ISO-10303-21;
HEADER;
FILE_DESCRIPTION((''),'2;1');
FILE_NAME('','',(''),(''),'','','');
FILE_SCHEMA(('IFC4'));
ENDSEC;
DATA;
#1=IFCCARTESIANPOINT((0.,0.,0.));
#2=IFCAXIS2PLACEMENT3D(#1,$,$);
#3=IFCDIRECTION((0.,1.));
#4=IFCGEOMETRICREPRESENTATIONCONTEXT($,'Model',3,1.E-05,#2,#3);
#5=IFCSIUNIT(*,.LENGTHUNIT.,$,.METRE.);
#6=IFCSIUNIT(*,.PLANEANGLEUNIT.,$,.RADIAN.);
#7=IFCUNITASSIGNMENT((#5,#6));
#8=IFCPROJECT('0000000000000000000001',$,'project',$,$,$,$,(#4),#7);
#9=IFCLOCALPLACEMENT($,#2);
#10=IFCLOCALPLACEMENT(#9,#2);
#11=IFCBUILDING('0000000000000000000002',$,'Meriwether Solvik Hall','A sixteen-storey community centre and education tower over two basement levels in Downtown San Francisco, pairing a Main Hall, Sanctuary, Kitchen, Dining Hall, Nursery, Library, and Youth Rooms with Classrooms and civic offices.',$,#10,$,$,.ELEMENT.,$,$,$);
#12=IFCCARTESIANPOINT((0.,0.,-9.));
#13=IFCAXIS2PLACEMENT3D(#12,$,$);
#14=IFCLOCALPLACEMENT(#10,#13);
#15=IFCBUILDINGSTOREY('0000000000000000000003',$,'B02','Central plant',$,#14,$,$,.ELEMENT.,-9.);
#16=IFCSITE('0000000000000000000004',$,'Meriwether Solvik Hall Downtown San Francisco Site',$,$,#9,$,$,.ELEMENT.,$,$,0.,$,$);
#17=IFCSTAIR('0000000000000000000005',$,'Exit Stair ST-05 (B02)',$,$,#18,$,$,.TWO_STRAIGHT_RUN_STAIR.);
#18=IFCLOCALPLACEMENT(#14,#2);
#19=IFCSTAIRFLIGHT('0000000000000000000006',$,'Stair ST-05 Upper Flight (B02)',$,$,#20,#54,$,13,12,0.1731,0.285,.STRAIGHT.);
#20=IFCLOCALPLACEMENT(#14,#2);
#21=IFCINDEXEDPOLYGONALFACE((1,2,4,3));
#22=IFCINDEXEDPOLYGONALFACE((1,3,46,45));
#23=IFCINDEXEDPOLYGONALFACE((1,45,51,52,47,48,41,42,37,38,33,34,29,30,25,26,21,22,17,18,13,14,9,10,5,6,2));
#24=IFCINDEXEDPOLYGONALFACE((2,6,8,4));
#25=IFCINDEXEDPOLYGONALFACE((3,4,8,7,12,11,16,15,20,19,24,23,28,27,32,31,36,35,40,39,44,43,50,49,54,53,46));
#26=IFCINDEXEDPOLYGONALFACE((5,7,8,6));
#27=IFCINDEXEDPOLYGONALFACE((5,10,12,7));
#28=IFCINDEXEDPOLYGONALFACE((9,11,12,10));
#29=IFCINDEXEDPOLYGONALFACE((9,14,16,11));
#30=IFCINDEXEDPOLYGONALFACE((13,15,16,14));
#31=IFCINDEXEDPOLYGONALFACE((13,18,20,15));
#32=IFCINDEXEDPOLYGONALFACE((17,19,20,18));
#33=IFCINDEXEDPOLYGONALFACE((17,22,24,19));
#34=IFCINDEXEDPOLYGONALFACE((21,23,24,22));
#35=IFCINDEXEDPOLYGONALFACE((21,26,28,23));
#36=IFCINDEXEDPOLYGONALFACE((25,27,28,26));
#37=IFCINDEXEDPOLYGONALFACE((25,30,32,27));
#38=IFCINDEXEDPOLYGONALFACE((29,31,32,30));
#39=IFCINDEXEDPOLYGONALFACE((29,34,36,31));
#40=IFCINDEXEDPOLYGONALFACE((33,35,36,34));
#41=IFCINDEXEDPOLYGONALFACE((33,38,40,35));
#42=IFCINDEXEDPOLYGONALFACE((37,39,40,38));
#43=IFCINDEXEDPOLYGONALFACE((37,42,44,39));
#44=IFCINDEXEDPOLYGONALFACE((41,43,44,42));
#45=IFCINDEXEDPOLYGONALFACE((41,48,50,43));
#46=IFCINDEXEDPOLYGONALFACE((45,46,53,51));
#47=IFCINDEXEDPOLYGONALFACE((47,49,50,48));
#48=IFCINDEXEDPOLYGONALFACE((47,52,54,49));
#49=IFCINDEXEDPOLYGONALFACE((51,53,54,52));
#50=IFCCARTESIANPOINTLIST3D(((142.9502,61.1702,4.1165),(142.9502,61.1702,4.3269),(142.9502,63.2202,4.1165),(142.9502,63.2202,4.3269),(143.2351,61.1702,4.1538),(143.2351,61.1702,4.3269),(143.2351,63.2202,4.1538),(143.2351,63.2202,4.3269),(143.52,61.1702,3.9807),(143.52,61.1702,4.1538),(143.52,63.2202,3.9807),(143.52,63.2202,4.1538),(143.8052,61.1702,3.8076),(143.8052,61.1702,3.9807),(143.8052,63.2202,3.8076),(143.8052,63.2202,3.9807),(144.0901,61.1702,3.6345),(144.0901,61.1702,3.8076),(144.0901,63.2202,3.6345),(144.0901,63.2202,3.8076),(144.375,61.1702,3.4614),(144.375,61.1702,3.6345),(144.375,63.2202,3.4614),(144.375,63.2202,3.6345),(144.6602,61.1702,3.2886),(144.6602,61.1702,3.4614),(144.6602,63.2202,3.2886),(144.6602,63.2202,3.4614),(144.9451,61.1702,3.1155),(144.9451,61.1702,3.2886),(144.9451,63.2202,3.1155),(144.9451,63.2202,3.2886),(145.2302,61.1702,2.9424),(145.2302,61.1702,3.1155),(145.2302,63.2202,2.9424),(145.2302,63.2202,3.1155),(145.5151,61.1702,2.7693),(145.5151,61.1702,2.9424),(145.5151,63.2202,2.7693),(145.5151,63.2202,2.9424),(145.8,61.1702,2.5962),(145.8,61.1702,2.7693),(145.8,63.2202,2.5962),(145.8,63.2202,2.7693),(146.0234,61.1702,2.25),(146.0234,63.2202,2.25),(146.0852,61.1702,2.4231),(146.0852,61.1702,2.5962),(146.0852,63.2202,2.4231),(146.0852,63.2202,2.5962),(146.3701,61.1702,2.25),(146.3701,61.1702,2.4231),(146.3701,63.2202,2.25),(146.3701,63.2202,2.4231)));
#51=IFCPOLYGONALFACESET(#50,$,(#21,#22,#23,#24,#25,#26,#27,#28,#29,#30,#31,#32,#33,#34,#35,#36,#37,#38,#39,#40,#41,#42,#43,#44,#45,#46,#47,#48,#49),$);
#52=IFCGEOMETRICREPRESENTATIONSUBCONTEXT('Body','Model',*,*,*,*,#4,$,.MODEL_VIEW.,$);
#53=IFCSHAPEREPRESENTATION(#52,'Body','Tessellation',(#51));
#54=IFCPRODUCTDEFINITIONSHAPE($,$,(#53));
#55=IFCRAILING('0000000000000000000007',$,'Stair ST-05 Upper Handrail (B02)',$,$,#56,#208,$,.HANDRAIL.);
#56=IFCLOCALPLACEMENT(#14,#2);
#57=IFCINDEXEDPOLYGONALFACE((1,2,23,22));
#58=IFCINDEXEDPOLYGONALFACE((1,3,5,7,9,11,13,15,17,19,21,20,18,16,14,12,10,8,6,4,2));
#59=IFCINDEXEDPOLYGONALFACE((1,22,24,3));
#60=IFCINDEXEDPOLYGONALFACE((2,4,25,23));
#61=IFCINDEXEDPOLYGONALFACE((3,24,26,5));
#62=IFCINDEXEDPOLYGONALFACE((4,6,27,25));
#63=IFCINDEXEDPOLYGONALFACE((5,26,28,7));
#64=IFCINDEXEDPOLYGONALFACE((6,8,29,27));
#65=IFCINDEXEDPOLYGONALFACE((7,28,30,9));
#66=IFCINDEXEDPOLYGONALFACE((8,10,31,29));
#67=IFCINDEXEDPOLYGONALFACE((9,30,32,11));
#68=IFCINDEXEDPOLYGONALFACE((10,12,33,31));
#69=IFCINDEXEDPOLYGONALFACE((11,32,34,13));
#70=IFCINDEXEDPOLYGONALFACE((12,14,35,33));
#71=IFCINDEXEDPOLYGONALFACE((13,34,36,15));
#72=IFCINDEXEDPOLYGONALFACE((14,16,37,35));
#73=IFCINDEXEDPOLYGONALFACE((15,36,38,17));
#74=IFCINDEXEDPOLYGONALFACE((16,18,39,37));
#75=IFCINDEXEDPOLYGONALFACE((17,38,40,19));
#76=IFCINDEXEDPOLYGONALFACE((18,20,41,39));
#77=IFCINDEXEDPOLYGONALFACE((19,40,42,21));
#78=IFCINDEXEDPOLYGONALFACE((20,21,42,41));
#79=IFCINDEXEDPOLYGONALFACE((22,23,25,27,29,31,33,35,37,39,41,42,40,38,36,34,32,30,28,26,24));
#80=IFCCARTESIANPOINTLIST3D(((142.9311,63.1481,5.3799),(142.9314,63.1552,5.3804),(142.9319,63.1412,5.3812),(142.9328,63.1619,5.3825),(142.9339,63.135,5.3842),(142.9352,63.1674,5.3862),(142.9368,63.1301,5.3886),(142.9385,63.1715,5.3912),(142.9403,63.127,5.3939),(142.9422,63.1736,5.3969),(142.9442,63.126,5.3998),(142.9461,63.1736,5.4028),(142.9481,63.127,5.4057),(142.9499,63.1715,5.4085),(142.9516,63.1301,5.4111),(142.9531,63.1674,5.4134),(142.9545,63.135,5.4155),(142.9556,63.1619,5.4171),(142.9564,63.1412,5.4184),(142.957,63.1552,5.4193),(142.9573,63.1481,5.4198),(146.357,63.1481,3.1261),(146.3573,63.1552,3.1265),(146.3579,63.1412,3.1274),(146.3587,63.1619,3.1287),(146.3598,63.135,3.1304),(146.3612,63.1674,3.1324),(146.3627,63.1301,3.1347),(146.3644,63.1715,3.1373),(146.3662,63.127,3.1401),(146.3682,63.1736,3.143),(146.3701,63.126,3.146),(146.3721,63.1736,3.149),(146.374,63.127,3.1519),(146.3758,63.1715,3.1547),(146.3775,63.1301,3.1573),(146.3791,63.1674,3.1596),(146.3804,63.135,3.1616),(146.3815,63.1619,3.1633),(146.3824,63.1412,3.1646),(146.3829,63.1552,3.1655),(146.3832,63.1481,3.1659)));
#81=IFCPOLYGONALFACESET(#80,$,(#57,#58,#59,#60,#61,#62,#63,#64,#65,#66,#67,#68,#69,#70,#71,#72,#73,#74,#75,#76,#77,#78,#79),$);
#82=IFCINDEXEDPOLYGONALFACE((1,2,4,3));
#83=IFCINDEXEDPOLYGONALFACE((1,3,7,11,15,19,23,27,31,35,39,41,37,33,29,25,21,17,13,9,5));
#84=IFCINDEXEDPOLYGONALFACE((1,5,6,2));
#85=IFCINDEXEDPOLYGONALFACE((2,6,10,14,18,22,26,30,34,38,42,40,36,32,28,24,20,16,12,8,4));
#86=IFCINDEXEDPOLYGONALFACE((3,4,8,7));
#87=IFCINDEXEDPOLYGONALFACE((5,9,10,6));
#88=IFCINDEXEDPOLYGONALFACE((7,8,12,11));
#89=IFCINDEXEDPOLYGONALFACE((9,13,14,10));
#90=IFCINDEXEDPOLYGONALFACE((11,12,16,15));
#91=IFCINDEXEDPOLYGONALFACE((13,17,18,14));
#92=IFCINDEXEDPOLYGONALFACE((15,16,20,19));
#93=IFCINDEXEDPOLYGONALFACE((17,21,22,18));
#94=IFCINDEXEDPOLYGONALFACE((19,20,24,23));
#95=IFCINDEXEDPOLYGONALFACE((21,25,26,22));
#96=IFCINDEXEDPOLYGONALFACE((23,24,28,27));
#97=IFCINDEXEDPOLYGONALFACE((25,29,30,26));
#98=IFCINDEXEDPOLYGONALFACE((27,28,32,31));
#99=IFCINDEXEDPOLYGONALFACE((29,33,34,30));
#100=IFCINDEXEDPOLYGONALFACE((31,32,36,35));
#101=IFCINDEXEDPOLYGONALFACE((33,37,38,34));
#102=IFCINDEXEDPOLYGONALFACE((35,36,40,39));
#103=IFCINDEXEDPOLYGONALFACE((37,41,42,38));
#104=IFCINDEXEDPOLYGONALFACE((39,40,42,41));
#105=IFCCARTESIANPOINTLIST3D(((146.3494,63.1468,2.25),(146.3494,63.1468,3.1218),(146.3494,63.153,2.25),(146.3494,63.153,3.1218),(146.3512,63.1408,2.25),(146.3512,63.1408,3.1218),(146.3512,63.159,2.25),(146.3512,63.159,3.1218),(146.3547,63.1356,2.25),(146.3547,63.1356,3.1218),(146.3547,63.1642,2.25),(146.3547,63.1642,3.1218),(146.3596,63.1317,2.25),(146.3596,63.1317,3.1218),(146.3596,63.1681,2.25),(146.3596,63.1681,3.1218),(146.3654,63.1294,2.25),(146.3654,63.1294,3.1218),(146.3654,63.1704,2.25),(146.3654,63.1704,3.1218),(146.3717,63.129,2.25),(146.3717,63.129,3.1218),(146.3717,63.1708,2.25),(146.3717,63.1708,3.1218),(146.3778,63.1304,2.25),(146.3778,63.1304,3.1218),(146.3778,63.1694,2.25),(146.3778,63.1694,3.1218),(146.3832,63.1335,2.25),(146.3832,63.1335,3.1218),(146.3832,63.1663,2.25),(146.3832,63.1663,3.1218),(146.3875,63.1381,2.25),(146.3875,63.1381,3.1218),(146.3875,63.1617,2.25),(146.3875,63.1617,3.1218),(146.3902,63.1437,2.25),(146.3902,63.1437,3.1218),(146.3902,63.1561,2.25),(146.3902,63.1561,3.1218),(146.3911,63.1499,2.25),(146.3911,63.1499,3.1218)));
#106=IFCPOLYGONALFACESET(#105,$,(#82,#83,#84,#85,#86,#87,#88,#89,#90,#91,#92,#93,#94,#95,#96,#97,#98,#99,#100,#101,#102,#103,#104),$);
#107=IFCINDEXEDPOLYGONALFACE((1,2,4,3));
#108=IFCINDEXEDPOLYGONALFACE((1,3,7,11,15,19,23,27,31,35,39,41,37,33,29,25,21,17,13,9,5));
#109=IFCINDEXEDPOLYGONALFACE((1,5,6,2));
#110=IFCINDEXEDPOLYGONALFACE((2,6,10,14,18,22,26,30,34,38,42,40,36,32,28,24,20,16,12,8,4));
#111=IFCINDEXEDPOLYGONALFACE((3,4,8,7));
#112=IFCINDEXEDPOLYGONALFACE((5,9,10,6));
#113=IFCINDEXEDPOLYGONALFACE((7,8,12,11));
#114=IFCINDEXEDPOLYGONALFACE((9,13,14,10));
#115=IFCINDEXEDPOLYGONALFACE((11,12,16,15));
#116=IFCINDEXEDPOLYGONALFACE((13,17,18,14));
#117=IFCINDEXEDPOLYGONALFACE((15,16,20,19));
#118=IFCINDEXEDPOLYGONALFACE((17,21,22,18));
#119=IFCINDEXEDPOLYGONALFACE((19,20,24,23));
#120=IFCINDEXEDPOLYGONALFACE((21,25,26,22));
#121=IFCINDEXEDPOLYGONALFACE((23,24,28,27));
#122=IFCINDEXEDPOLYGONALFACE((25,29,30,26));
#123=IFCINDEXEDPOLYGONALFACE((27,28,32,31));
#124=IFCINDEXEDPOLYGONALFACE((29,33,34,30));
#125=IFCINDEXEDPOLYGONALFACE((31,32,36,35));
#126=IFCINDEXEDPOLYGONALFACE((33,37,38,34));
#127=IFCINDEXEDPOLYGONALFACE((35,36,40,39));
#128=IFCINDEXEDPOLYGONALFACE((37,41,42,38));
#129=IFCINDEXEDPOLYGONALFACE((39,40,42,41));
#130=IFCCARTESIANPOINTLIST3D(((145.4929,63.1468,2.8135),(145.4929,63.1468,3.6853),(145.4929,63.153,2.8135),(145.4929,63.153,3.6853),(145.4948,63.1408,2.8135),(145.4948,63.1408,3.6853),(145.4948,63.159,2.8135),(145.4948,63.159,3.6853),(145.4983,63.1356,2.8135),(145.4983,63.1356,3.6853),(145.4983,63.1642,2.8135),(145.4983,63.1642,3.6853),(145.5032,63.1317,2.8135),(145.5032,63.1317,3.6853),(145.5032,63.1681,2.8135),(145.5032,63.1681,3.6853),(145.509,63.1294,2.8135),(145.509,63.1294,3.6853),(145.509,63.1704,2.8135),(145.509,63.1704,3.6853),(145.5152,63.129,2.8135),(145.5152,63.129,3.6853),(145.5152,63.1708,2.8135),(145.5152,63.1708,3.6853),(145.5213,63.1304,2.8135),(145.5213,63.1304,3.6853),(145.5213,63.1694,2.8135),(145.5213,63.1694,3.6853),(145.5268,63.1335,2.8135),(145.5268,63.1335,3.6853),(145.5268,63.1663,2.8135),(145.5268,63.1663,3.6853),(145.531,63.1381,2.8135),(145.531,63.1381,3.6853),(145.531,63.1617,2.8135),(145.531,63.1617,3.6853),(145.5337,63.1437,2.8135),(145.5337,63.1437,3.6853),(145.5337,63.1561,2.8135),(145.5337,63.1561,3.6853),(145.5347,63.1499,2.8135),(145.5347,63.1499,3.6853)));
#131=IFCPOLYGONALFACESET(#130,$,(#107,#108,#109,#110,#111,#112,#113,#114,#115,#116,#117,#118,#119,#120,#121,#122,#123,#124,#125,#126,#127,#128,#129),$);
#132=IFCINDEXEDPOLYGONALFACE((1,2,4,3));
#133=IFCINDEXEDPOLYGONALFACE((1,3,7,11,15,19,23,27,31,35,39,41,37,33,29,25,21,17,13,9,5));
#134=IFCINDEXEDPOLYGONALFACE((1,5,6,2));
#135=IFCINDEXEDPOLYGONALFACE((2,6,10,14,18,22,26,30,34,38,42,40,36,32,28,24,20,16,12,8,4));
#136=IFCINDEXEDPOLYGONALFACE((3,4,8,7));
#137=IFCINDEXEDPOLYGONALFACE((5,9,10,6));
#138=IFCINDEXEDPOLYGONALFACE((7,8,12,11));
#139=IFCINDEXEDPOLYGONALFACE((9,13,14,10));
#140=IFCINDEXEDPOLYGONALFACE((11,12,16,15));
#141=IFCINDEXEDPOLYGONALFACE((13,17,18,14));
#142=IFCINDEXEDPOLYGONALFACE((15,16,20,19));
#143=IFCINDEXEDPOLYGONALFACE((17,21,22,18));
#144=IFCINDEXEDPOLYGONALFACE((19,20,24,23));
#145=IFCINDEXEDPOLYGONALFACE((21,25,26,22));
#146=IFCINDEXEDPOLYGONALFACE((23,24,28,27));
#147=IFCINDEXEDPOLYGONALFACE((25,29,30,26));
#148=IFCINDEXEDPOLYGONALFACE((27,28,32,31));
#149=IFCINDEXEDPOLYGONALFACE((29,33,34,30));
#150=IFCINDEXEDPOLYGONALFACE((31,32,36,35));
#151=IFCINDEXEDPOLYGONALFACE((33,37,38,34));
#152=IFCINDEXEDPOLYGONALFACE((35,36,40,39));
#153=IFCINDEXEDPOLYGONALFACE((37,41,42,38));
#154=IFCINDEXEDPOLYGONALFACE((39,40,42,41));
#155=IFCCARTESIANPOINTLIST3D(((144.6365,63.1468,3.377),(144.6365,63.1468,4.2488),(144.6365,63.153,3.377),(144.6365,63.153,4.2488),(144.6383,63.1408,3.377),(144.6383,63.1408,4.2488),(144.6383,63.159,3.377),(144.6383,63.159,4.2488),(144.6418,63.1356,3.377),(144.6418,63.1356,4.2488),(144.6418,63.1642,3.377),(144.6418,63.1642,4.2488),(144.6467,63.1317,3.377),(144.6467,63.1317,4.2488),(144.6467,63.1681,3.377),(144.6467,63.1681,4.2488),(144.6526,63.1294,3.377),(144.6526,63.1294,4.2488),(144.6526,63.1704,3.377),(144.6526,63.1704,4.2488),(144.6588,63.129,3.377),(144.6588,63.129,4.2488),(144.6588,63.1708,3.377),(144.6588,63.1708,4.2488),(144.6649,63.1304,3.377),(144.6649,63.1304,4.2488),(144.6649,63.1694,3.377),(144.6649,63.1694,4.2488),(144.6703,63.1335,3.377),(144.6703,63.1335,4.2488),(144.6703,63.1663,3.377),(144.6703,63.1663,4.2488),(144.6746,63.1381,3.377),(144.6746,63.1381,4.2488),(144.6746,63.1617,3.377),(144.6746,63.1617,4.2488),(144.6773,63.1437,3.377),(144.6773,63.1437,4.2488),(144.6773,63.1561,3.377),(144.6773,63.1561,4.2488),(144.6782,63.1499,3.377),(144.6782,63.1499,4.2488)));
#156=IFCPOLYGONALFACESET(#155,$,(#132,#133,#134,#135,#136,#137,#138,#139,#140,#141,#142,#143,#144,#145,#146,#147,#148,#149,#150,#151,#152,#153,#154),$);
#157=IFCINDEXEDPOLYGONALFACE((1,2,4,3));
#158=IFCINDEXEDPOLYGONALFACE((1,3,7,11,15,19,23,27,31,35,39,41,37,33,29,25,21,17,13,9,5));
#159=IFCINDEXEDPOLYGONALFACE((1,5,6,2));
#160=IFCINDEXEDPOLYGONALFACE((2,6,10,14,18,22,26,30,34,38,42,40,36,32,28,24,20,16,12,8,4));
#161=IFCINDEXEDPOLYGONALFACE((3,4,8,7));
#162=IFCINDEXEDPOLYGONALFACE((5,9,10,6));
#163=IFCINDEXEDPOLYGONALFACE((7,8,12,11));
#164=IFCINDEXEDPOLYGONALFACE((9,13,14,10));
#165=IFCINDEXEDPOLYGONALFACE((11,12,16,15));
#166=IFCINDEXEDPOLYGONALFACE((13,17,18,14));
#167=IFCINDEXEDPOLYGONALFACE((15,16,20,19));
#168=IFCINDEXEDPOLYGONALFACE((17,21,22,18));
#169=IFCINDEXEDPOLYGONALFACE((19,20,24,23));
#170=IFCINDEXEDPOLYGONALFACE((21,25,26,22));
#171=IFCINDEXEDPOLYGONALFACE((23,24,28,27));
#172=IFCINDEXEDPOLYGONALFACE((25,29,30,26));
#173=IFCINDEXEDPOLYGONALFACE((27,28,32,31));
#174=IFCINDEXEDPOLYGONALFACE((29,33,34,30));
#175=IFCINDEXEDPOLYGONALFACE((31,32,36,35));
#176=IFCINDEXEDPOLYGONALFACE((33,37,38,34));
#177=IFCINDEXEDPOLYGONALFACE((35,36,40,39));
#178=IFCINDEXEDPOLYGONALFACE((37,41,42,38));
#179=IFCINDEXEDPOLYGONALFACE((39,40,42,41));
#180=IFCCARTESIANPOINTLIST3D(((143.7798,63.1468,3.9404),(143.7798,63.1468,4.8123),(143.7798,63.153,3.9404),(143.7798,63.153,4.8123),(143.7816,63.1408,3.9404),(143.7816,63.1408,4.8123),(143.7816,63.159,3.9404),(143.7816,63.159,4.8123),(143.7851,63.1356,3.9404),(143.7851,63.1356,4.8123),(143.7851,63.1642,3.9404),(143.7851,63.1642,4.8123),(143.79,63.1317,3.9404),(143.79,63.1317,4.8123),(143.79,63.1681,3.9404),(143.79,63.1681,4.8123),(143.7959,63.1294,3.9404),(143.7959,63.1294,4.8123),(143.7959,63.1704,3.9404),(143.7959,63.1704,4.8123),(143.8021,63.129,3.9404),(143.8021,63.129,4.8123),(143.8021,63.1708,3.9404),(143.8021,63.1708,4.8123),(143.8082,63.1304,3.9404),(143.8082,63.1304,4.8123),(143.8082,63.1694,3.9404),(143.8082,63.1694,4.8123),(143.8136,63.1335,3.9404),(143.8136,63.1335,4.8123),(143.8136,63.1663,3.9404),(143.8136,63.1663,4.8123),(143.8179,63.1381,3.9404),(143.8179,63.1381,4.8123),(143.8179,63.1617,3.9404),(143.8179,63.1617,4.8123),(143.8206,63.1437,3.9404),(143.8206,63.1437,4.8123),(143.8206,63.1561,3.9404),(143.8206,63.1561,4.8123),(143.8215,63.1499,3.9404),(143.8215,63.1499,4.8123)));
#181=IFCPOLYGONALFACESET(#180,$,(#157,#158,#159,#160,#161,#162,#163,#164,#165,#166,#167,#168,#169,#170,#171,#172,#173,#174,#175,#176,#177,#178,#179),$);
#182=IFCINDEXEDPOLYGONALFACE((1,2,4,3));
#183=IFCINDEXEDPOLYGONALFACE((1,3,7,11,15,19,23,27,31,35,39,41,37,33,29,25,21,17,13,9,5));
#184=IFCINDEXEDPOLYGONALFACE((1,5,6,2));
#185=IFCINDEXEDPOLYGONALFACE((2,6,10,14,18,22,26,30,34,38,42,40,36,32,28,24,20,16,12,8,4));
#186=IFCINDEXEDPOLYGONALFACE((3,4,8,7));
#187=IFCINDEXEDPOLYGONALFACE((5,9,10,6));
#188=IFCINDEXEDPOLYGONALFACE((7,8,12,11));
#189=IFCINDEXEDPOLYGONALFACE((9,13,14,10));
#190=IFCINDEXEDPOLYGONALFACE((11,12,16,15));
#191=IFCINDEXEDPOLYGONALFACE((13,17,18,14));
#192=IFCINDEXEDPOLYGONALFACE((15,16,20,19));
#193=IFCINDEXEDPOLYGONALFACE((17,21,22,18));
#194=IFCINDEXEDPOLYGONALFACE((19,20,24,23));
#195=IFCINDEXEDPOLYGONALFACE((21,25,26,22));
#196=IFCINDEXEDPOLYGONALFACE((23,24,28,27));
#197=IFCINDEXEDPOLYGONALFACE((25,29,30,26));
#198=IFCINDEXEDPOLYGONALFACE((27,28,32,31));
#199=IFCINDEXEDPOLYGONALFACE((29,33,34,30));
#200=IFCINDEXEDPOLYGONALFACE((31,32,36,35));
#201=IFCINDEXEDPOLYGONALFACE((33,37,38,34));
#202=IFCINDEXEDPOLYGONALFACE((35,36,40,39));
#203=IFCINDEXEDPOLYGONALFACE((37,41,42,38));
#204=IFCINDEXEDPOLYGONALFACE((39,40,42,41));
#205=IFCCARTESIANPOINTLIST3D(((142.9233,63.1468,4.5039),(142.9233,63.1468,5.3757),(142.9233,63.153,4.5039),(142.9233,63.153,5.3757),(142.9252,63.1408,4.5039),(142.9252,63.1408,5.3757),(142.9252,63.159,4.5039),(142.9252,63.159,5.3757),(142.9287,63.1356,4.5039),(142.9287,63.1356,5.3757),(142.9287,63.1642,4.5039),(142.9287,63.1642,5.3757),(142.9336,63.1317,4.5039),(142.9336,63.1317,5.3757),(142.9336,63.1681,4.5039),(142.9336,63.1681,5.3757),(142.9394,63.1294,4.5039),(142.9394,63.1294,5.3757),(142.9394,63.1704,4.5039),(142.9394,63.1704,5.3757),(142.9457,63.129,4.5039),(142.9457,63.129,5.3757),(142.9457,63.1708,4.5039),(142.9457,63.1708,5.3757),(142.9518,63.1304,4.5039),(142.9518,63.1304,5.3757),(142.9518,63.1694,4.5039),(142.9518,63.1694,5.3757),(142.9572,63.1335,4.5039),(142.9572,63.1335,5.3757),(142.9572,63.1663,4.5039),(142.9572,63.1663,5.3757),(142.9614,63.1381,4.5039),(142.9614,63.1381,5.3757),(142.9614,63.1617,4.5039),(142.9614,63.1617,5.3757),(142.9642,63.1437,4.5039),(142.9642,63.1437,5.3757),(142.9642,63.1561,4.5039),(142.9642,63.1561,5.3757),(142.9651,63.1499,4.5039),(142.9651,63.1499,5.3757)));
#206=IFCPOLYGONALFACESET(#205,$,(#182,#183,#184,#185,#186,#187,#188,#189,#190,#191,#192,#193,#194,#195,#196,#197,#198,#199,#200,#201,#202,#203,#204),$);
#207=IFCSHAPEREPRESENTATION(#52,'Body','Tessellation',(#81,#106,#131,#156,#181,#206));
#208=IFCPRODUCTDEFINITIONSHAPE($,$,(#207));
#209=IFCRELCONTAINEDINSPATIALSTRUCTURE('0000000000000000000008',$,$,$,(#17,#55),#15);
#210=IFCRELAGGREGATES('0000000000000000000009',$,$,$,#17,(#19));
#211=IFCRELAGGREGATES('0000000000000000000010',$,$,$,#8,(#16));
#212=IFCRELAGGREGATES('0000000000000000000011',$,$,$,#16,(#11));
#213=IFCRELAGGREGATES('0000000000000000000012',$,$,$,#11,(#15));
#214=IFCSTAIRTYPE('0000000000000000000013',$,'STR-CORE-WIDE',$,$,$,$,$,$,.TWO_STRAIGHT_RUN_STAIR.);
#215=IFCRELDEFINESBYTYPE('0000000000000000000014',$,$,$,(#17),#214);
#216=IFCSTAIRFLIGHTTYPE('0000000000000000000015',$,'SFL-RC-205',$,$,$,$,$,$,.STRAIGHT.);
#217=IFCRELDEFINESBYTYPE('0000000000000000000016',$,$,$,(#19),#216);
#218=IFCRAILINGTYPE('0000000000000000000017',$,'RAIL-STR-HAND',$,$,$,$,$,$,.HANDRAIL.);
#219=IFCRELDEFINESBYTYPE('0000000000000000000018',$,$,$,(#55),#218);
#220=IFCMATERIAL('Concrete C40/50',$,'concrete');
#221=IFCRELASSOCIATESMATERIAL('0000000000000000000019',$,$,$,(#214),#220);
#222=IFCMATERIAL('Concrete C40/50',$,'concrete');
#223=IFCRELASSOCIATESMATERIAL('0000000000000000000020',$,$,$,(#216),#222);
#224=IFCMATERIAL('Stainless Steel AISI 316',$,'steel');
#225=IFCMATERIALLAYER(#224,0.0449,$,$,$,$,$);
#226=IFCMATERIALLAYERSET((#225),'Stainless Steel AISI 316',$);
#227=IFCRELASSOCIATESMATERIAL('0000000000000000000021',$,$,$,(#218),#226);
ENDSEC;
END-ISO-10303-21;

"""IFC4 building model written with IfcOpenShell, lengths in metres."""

from ifc_helpers import new_model, si_unit, direction, frame, origin, origin_2d, place, context, subcontext, project, spatial, polyline, circle, outline, extrude, material, layer, layer_set, type_object, element, aggregate, save


model = new_model("IFC4")

# Units and contexts
model_context = context("Model", 3, precision=1e-05, world=origin(), true_north=direction((0.0, 1.0)))
body_context = subcontext(model_context, "Body", "Model", "MODEL_VIEW")
ifc_project = project(units=[si_unit("LENGTHUNIT", "METRE"), si_unit("PLANEANGLEUNIT", "RADIAN")], contexts=[model_context])

# Site, building, storey
site_placement = place(None, origin())
site = spatial("IfcSite", under=ifc_project, at=site_placement, Name="Meriwether Solvik Hall Downtown San Francisco Site", CompositionType="ELEMENT", RefElevation=0.0)
building_placement = place(site_placement, origin())
building = spatial("IfcBuilding", under=site, at=building_placement, Name="Meriwether Solvik Hall", Description="A sixteen-storey community centre and education tower over two basement levels in Downtown San Francisco, pairing a Main Hall, Sanctuary, Kitchen, Dining Hall, Nursery, Library, and Youth Rooms with Classrooms and civic offices.", CompositionType="ELEMENT")
storey_placement = place(building_placement, frame((0.0, 0.0, -9.0)))
storey = spatial("IfcBuildingStorey", under=building, at=storey_placement, Name="B02", Description="Central plant", CompositionType="ELEMENT", Elevation=-9.0)

# Stair, stair flight
ifc_material_1 = material(Name="Concrete C40/50", Category="concrete")
stair_type = type_object("IfcStairType", Name="STR-CORE-WIDE", PredefinedType="TWO_STRAIGHT_RUN_STAIR", material=ifc_material_1)
stair_placement = place(storey_placement, origin())
stair = element("IfcStair", 1, at=stair_placement, inside=storey, type_object=stair_type, Name="Exit Stair ST-05 (B02)", PredefinedType="TWO_STRAIGHT_RUN_STAIR")
ifc_material_2 = material(Name="Concrete C40/50", Category="concrete")
stair_flight_type = type_object("IfcStairFlightType", Name="SFL-RC-205", PredefinedType="STRAIGHT", material=ifc_material_2)
stair_flight_placement = place(storey_placement, frame((146.3701, 62.1951, 2.25), z_axis=(0.0, 0.0, 1.0), x_axis=(-1.0, 0.0, 0.0)))
stair_flight = element("IfcStairFlight", 2, at=stair_flight_placement, type_object=stair_flight_type, Name="Stair ST-05 Upper Flight (B02)", NumberOfRisers=13, NumberOfTreads=12, PredefinedType="STRAIGHT", RiserHeight=0.1731, TreadLength=0.285, context=body_context, shape_type="SweptSolid", body=[
    extrude(outline(polyline([(0.0, 0.0), (0.0, 0.1731), (0.2849, 0.1731), (0.2849, 0.3462), (0.5701, 0.3462), (0.5701, 0.5193), (0.855, 0.5193), (0.855, 0.6924), (1.1399, 0.6924), (1.1399, 0.8655), (1.425, 0.8655), (1.425, 1.0386), (1.71, 1.0386), (1.71, 1.2114), (1.9951, 1.2114), (1.9951, 1.3845), (2.28, 1.3845), (2.28, 1.5576), (2.5649, 1.5576), (2.5649, 1.7307), (2.8501, 1.7307), (2.8501, 1.9038), (3.135, 1.9038), (3.135, 2.0769), (3.4199, 2.0769), (3.4199, 2.25), (3.4199, 1.8665), (0.3467, 0.0), (0.0, 0.0)])), frame((0.0, 1.0249, 0.0), z_axis=(0.0, -1.0, 0.0), x_axis=(1.0, 0.0, 0.0)), (0.0, 0.0, 1.0), 2.05),
])
aggregate(stair, [stair_flight])

# Railing
ifc_material_3 = material(Name="Stainless Steel AISI 316", Category="steel")
ifc_layer_1 = layer(ifc_material_3, 0.0449)
ifc_layer_set_1 = layer_set([ifc_layer_1], Name="Stainless Steel AISI 316")
railing_type = type_object("IfcRailingType", Name="RAIL-STR-HAND", PredefinedType="HANDRAIL", material=ifc_layer_set_1)
railing_placement = place(storey_placement, frame((146.3701, 63.1499, 2.25)))
element("IfcRailing", 3, at=railing_placement, inside=storey, type_object=railing_type, Name="Stair ST-05 Upper Handrail (B02)", PredefinedType="HANDRAIL", context=body_context, shape_type="SweptSolid", body=[
    extrude(circle(Radius=0.0239, at=origin_2d()), frame((0.0, 0.0, 0.896), z_axis=(-0.835424, 0.0, 0.549607), x_axis=(0.0, -1.0, 0.0)), (0.0, 0.0, 1.0), 4.1008),
    extrude(circle(Radius=0.021, at=origin_2d()), origin(), (0.0, 0.0, 1.0), 0.8718),
    extrude(circle(Radius=0.021, at=origin_2d()), frame((-0.8564, 0.0, 0.5635)), (0.0, 0.0, 1.0), 0.8718),
    extrude(circle(Radius=0.021, at=origin_2d()), frame((-1.7129, 0.0, 1.127)), (0.0, 0.0, 1.0), 0.8718),
    extrude(circle(Radius=0.021, at=origin_2d()), frame((-2.5696, 0.0, 1.6904)), (0.0, 0.0, 1.0), 0.8718),
    extrude(circle(Radius=0.021, at=origin_2d()), frame((-3.426, 0.0, 2.2539)), (0.0, 0.0, 1.0), 0.8718),
])

save(model, "model.ifc")
